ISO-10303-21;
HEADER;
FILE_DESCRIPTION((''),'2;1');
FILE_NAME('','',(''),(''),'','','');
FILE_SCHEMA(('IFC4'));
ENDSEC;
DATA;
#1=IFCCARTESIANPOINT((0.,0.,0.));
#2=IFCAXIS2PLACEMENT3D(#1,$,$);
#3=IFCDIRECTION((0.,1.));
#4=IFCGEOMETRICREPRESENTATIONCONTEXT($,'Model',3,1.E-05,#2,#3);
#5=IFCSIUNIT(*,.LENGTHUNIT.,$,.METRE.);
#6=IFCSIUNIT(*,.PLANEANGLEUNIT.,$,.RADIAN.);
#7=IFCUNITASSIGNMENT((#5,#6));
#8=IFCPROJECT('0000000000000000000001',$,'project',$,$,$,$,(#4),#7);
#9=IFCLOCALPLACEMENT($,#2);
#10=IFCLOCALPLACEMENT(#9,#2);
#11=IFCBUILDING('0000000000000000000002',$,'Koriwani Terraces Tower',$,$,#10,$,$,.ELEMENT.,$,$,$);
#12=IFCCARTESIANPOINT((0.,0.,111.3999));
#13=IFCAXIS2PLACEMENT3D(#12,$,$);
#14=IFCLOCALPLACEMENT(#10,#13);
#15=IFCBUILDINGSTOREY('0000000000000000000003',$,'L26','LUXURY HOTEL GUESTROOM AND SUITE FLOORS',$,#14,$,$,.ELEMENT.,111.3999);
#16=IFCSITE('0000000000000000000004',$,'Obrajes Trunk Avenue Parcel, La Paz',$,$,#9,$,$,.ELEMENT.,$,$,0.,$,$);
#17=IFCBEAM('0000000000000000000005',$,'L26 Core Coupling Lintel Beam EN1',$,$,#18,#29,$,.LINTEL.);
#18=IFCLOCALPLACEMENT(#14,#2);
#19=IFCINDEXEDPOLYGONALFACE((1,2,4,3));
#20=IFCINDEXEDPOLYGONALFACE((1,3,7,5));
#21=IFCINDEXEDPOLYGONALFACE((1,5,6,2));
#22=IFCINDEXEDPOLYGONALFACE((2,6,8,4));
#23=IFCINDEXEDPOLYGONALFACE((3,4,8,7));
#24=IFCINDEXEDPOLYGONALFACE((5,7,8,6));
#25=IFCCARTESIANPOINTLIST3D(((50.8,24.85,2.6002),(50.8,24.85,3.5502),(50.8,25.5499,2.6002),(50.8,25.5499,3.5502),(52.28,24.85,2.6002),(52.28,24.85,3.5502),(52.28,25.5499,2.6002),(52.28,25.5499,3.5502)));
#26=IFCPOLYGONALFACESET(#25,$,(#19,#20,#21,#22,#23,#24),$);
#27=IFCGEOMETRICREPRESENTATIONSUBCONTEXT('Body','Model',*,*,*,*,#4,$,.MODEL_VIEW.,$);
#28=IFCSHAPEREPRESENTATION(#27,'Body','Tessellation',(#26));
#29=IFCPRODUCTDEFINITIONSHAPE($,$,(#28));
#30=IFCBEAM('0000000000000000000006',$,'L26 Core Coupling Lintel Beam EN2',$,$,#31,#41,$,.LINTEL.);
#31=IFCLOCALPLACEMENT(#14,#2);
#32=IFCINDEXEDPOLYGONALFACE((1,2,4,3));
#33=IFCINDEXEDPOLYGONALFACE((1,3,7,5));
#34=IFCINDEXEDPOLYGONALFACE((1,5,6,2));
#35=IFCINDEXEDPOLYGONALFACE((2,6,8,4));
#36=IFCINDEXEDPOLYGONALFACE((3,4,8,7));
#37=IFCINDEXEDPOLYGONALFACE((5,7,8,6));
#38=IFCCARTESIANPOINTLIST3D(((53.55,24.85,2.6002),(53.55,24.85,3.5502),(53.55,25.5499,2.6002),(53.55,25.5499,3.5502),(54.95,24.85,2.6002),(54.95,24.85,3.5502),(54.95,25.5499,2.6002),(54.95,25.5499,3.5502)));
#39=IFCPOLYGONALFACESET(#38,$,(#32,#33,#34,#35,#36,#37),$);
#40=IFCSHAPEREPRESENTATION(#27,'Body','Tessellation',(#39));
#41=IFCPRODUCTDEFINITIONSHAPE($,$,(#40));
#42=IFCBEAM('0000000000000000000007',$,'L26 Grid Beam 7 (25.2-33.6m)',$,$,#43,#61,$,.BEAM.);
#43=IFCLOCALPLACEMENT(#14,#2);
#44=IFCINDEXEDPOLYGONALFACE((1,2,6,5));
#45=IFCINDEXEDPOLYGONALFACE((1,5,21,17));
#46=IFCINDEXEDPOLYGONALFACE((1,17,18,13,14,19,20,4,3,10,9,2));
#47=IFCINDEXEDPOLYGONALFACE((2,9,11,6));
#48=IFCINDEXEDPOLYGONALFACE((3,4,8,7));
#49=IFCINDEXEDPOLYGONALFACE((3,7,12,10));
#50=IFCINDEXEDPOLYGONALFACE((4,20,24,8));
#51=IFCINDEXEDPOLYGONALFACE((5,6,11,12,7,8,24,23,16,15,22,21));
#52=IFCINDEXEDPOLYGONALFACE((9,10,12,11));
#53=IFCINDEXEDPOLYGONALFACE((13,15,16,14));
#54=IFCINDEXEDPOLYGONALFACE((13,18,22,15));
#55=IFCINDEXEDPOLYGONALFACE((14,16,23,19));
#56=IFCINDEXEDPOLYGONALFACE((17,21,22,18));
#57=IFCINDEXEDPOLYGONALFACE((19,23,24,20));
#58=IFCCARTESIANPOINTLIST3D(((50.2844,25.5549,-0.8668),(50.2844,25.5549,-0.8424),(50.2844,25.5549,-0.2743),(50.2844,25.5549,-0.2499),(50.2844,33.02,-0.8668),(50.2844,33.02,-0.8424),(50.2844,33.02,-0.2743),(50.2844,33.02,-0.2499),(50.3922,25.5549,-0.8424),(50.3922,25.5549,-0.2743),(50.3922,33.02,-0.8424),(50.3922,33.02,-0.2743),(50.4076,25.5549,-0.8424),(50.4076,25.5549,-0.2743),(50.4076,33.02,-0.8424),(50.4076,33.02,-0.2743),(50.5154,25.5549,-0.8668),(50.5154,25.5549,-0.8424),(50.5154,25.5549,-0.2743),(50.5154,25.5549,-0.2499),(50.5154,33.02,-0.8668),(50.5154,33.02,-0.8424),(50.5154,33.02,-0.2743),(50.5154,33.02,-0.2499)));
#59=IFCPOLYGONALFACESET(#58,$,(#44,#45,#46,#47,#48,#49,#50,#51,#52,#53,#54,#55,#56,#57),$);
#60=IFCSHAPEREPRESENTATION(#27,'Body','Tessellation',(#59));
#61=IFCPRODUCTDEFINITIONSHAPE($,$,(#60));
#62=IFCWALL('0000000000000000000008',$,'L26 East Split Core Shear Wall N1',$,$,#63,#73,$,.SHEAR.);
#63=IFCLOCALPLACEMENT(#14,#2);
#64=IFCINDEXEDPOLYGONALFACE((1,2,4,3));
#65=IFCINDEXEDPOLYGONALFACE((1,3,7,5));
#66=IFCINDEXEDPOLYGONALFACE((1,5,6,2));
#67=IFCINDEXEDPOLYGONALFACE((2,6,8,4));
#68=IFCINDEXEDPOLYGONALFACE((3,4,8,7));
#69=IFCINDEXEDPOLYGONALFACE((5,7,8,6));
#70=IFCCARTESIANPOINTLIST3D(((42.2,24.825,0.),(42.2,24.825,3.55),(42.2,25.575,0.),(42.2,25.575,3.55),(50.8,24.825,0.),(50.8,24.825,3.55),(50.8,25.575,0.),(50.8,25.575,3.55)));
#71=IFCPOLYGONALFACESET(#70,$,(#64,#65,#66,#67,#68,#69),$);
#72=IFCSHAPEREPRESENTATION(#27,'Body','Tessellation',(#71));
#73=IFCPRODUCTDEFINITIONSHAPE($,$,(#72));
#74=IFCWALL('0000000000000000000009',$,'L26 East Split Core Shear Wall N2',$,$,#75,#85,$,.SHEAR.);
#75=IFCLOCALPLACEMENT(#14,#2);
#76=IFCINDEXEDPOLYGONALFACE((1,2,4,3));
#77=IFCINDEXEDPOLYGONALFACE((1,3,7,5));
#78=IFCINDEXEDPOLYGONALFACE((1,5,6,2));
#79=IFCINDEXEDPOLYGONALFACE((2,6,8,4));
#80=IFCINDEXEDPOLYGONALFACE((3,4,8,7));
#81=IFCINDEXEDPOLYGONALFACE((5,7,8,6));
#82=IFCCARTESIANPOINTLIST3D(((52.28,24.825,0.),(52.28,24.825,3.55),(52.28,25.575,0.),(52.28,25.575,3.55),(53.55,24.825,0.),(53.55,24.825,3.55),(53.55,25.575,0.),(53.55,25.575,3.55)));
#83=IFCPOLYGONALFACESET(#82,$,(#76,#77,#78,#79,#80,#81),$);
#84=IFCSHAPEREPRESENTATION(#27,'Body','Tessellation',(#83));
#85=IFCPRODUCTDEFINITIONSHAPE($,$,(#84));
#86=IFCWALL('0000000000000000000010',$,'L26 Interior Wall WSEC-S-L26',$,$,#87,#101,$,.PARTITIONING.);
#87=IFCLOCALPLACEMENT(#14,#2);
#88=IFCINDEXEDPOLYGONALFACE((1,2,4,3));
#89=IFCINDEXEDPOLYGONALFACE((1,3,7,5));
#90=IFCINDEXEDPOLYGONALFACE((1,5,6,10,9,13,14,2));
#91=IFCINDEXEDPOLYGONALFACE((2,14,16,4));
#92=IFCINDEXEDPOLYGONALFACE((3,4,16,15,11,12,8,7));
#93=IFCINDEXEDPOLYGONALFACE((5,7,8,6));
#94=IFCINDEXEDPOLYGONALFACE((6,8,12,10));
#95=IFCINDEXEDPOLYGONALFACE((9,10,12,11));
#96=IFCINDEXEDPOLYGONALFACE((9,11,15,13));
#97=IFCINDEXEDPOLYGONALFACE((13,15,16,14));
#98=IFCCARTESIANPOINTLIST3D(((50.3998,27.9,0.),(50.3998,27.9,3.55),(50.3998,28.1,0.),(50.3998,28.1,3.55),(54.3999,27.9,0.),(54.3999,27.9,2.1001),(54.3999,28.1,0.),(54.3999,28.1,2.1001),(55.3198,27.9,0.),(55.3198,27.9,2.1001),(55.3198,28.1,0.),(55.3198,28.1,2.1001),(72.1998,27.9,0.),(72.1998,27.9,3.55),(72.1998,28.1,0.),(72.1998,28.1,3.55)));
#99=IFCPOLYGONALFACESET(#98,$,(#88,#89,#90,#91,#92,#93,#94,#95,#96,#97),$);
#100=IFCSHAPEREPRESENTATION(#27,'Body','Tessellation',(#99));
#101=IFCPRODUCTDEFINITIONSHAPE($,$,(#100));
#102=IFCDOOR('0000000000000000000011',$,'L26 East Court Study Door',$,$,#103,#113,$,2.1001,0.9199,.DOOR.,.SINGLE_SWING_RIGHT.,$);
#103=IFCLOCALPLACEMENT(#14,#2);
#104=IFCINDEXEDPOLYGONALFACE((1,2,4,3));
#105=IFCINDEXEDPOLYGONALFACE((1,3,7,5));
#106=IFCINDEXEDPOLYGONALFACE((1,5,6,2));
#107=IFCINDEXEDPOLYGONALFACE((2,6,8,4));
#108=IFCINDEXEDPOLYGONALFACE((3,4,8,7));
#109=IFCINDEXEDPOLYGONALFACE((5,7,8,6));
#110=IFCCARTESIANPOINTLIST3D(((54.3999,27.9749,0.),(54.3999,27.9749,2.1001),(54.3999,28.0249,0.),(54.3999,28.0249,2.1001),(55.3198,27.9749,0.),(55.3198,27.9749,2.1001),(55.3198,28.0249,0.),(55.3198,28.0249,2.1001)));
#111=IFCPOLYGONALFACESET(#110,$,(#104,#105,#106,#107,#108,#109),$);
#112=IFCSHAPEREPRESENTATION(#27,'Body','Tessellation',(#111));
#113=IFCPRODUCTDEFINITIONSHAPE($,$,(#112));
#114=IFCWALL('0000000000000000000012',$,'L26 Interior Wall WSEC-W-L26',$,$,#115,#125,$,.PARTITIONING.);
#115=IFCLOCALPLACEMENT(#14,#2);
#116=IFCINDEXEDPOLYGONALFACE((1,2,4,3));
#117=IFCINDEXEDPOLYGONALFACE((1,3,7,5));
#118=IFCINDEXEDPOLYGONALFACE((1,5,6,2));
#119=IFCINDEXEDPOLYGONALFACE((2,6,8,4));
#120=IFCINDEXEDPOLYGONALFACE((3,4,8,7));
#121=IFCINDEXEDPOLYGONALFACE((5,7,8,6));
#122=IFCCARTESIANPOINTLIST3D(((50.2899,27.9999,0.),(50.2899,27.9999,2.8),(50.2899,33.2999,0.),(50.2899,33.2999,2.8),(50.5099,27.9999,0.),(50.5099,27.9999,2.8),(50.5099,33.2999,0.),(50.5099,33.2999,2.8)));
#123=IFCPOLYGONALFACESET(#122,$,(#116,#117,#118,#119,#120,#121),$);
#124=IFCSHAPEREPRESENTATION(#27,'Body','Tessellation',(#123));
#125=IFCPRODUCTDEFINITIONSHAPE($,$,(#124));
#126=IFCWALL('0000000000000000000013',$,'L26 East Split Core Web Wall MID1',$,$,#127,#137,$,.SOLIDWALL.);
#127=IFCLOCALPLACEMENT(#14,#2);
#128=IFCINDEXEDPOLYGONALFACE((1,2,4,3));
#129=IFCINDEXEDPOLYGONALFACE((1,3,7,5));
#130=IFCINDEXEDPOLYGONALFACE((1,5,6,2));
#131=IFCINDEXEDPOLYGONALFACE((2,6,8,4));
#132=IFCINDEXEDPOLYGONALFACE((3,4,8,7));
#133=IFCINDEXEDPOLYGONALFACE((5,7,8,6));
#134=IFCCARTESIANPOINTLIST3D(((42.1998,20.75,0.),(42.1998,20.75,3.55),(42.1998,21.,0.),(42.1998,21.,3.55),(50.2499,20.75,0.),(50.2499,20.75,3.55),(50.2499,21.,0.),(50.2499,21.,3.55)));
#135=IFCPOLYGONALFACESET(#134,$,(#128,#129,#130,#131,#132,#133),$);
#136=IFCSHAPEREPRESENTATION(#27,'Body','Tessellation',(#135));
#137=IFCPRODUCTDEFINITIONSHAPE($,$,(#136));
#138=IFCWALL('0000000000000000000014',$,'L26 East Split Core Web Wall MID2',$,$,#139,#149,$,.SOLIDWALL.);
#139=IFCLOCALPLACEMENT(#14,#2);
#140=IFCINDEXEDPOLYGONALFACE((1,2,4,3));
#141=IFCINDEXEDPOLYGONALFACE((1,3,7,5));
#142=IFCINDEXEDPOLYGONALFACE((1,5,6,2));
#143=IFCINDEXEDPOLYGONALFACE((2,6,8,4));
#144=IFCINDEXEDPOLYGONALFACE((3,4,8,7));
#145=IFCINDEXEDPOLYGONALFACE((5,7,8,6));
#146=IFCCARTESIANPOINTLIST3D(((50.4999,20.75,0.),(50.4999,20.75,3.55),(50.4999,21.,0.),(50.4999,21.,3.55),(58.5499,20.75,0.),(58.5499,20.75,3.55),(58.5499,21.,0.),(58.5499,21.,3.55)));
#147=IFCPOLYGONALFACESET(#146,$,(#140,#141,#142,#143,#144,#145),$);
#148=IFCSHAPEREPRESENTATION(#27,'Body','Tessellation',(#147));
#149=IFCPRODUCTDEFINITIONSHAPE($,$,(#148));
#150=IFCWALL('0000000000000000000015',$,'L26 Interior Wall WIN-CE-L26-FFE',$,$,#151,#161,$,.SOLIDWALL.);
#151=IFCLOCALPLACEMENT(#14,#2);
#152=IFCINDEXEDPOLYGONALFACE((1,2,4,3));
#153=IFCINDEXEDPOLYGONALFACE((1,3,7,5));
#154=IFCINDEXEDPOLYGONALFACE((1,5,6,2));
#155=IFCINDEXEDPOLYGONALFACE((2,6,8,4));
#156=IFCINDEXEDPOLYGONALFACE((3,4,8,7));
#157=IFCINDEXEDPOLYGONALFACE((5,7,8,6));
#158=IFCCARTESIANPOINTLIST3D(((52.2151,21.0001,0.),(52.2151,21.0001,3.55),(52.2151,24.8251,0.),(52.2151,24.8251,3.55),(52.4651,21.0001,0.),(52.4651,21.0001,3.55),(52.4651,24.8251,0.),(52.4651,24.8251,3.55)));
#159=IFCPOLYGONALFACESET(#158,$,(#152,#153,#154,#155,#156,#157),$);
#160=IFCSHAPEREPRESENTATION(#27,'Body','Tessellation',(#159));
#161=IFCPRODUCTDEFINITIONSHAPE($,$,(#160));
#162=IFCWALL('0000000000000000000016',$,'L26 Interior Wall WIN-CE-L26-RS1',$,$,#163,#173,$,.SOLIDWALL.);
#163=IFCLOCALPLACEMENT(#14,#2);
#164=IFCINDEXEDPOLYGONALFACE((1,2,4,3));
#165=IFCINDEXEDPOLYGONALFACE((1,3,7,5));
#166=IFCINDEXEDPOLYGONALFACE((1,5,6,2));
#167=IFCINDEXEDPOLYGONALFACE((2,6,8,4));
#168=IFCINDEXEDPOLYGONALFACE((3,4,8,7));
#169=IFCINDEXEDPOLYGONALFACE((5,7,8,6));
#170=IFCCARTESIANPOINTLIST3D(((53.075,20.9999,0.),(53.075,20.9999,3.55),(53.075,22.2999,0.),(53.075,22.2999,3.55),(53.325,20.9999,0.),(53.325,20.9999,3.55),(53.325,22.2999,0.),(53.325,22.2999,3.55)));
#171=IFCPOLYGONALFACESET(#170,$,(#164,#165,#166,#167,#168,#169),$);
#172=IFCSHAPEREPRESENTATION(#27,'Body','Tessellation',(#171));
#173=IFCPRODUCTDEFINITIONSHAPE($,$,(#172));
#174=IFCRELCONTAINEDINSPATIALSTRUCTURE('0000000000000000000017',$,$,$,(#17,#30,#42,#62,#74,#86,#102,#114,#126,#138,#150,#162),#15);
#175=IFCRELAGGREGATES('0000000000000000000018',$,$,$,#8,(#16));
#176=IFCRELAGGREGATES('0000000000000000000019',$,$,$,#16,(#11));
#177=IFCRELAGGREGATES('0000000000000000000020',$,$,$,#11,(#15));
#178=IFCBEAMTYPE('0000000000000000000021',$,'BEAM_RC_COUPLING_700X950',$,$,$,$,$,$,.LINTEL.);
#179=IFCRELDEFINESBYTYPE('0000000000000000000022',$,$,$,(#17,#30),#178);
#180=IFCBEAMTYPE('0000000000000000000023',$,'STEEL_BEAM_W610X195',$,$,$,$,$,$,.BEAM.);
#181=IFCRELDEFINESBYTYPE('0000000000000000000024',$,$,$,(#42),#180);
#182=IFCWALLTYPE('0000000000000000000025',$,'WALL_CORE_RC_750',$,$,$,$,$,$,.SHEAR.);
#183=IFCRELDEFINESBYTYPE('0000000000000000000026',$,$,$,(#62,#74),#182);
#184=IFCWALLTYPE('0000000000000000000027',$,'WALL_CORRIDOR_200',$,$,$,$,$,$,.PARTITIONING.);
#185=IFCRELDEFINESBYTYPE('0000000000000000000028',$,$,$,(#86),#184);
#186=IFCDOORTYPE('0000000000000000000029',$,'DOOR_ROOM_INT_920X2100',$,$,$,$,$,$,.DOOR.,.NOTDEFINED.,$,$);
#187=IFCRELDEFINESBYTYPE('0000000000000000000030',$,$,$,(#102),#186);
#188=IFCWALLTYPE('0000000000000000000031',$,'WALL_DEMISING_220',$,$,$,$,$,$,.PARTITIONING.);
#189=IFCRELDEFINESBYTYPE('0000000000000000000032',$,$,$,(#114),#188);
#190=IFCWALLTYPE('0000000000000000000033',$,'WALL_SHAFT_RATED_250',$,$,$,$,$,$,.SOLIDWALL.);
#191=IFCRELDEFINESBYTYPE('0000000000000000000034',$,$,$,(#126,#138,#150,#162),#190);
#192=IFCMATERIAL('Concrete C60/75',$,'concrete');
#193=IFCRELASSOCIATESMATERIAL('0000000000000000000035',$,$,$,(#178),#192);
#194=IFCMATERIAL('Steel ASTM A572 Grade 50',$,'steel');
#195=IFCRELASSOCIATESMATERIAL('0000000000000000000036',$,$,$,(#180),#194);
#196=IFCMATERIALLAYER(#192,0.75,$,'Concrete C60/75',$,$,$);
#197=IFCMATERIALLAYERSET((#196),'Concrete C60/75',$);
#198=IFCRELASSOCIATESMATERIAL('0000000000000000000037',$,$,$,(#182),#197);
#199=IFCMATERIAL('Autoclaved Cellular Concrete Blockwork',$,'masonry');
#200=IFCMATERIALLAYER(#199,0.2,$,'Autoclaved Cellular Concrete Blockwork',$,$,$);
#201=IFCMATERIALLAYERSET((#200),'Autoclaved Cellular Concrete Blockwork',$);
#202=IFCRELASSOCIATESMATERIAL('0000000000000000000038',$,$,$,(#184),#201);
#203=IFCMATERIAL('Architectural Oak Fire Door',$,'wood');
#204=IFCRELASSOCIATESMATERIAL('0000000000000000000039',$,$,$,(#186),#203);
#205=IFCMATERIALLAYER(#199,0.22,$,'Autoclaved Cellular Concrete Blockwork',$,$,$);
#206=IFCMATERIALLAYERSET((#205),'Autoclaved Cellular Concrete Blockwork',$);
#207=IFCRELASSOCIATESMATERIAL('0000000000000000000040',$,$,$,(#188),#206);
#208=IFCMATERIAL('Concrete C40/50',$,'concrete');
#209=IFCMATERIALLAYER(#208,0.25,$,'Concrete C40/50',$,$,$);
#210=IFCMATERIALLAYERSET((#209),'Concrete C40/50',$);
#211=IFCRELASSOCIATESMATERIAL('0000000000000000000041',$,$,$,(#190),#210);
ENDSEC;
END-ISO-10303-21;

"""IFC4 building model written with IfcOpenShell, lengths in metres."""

from ifc_helpers import new_model, si_unit, direction, frame, frame_2d, origin, origin_2d, place, context, subcontext, project, spatial, rectangle, i_section, extrude, material, layer, layer_set, material_profile, profile_set, type_object, element, fill, save


model = new_model("IFC4")

# Units and contexts
model_context = context("Model", 3, precision=1e-05, world=origin(), true_north=direction((0.0, 1.0)))
body_context = subcontext(model_context, "Body", "Model", "MODEL_VIEW")
ifc_project = project(units=[si_unit("LENGTHUNIT", "METRE"), si_unit("PLANEANGLEUNIT", "RADIAN")], contexts=[model_context])

# Site, building, storey
site_placement = place(None, origin())
site = spatial("IfcSite", under=ifc_project, at=site_placement, Name="Obrajes Trunk Avenue Parcel, La Paz", CompositionType="ELEMENT", RefElevation=0.0)
building_placement = place(site_placement, origin())
building = spatial("IfcBuilding", under=site, at=building_placement, Name="Koriwani Terraces Tower", CompositionType="ELEMENT")
storey_placement = place(building_placement, frame((0.0, 0.0, 111.3999)))
storey = spatial("IfcBuildingStorey", under=building, at=storey_placement, Name="L26", Description="LUXURY HOTEL GUESTROOM AND SUITE FLOORS", CompositionType="ELEMENT", Elevation=111.3999)

# Beams
ifc_material_1 = material(Name="Concrete C60/75", Category="concrete")
ifc_material_profile_1 = material_profile(ifc_material_1, rectangle(XDim=0.7, YDim=0.95, at=origin_2d()), Name="Concrete C60/75", Category="LoadBearing")
ifc_profile_set_1 = profile_set([ifc_material_profile_1], Name="Concrete C60/75")
beam_type_1 = type_object("IfcBeamType", Name="BEAM_RC_COUPLING_700X950", PredefinedType="LINTEL", material=ifc_profile_set_1)
beam_1_placement = place(storey_placement, frame((50.8, 25.2, 3.0752), z_axis=(1.0, 0.0, 0.0), x_axis=(0.0, 1.0, 0.0)))
element("IfcBeam", 1, at=beam_1_placement, inside=storey, type_object=beam_type_1, Name="L26 Core Coupling Lintel Beam EN1", PredefinedType="LINTEL", context=body_context, shape_type="SweptSolid", body=[
    extrude(rectangle(XDim=0.7, YDim=0.95, at=origin_2d()), origin(), (0.0, 0.0, 1.0), 1.48),
])
beam_2_placement = place(storey_placement, frame((53.55, 25.2, 3.0752), z_axis=(1.0, 0.0, 0.0), x_axis=(0.0, 1.0, 0.0)))
element("IfcBeam", 2, at=beam_2_placement, inside=storey, type_object=beam_type_1, Name="L26 Core Coupling Lintel Beam EN2", PredefinedType="LINTEL", context=body_context, shape_type="SweptSolid", body=[
    extrude(rectangle(XDim=0.7, YDim=0.95, at=origin_2d()), origin(), (0.0, 0.0, 1.0), 1.3999),
])
ifc_material_2 = material(Name="Steel ASTM A572 Grade 50", Category="steel")
ifc_material_profile_2 = material_profile(ifc_material_2, i_section(OverallWidth=0.231, OverallDepth=0.6169, WebThickness=0.0154, FlangeThickness=0.0244, at=origin_2d()), Name="Steel ASTM A572 Grade 50", Category="LoadBearing")
ifc_profile_set_2 = profile_set([ifc_material_profile_2], Name="Steel ASTM A572 Grade 50")
beam_type_2 = type_object("IfcBeamType", Name="STEEL_BEAM_W610X195", PredefinedType="BEAM", material=ifc_profile_set_2)
beam_3_placement = place(storey_placement, frame((50.3999, 25.5549, -0.5583), z_axis=(0.0, 1.0, 0.0), x_axis=(-1.0, 0.0, 0.0)))
element("IfcBeam", 3, at=beam_3_placement, inside=storey, type_object=beam_type_2, Name="L26 Grid Beam 7 (25.2-33.6m)", PredefinedType="BEAM", context=body_context, shape_type="SweptSolid", body=[
    extrude(i_section(OverallWidth=0.231, OverallDepth=0.6169, WebThickness=0.0154, FlangeThickness=0.0244, at=origin_2d()), origin(), (0.0, 0.0, 1.0), 7.4651),
])

# Walls
ifc_layer_1 = layer(ifc_material_1, 0.75, Name="Concrete C60/75")
ifc_layer_set_1 = layer_set([ifc_layer_1], Name="Concrete C60/75")
wall_type_1 = type_object("IfcWallType", Name="WALL_CORE_RC_750", PredefinedType="SHEAR", material=ifc_layer_set_1)
wall_1_placement = place(storey_placement, frame((42.2, 25.2, 0.0), z_axis=(0.0, 0.0, 1.0), x_axis=(1.0, 0.0, 0.0)))
element("IfcWall", 4, at=wall_1_placement, inside=storey, type_object=wall_type_1, Name="L26 East Split Core Shear Wall N1", PredefinedType="SHEAR", context=body_context, shape_type="SweptSolid", body=[
    extrude(rectangle(XDim=8.6001, YDim=0.75, at=frame_2d((4.3, 0.0))), origin(), (0.0, 0.0, 1.0), 3.55),
])
wall_2_placement = place(storey_placement, frame((52.28, 25.2, 0.0), z_axis=(0.0, 0.0, 1.0), x_axis=(1.0, 0.0, 0.0)))
element("IfcWall", 5, at=wall_2_placement, inside=storey, type_object=wall_type_1, Name="L26 East Split Core Shear Wall N2", PredefinedType="SHEAR", context=body_context, shape_type="SweptSolid", body=[
    extrude(rectangle(XDim=1.27, YDim=0.75, at=frame_2d((0.635, 0.0))), origin(), (0.0, 0.0, 1.0), 3.55),
])

# Wall, opening, door
ifc_material_3 = material(Name="Autoclaved Cellular Concrete Blockwork", Category="masonry")
ifc_layer_2 = layer(ifc_material_3, 0.2, Name="Autoclaved Cellular Concrete Blockwork")
ifc_layer_set_2 = layer_set([ifc_layer_2], Name="Autoclaved Cellular Concrete Blockwork")
wall_type_2 = type_object("IfcWallType", Name="WALL_CORRIDOR_200", PredefinedType="PARTITIONING", material=ifc_layer_set_2)
wall_3_placement = place(storey_placement, frame((50.3999, 28.0, 0.0), z_axis=(0.0, 0.0, 1.0), x_axis=(1.0, 0.0, 0.0)))
wall_3 = element("IfcWall", 6, at=wall_3_placement, inside=storey, type_object=wall_type_2, Name="L26 Interior Wall WSEC-S-L26", PredefinedType="PARTITIONING", context=body_context, shape_type="SweptSolid", body=[
    extrude(rectangle(XDim=21.8, YDim=0.2, at=frame_2d((10.8999, 0.0))), origin(), (0.0, 0.0, 1.0), 3.55),
])
opening_1_placement = place(wall_3_placement, frame((4.0, 0.0, 0.0)))
opening_1 = element("IfcOpeningElement", 7, at=opening_1_placement, cuts=wall_3, PredefinedType="OPENING", context=body_context, shape_type="SweptSolid", body=[
    extrude(rectangle(XDim=0.9199, YDim=2.1001, at=frame_2d((0.46, 1.05))), frame((0.0, 0.1099, 0.0), z_axis=(0.0, -1.0, 0.0), x_axis=(1.0, 0.0, 0.0)), (0.0, 0.0, 1.0), 0.22),
])
ifc_material_4 = material(Name="Architectural Oak Fire Door", Category="wood")
door_type_1 = type_object("IfcDoorType", Name="DOOR_ROOM_INT_920X2100", OperationType="NOTDEFINED", PredefinedType="DOOR", material=ifc_material_4)
door_1_placement = place(opening_1_placement, origin())
door_1 = element("IfcDoor", 8, at=door_1_placement, inside=storey, type_object=door_type_1, Name="L26 East Court Study Door", OperationType="SINGLE_SWING_RIGHT", OverallHeight=2.1001, OverallWidth=0.9199, PredefinedType="DOOR", context=body_context, shape_type="SweptSolid", body=[
    extrude(rectangle(XDim=0.9199, YDim=2.1001, at=frame_2d((0.46, 1.05))), frame((0.0, 0.0249, 0.0), z_axis=(0.0, -1.0, 0.0), x_axis=(1.0, 0.0, 0.0)), (0.0, 0.0, 1.0), 0.05),
])
fill(opening_1, door_1)

# Walls
ifc_layer_3 = layer(ifc_material_3, 0.22, Name="Autoclaved Cellular Concrete Blockwork")
ifc_layer_set_3 = layer_set([ifc_layer_3], Name="Autoclaved Cellular Concrete Blockwork")
wall_type_3 = type_object("IfcWallType", Name="WALL_DEMISING_220", PredefinedType="PARTITIONING", material=ifc_layer_set_3)
wall_4_placement = place(storey_placement, frame((50.3999, 28.0, 0.0), z_axis=(0.0, 0.0, 1.0), x_axis=(0.0, 1.0, 0.0)))
element("IfcWall", 9, at=wall_4_placement, inside=storey, type_object=wall_type_3, Name="L26 Interior Wall WSEC-W-L26", PredefinedType="PARTITIONING", context=body_context, shape_type="SweptSolid", body=[
    extrude(rectangle(XDim=5.3, YDim=0.22, at=frame_2d((2.6499, 0.0))), origin(), (0.0, 0.0, 1.0), 2.8),
])
ifc_material_5 = material(Name="Concrete C40/50", Category="concrete")
ifc_layer_4 = layer(ifc_material_5, 0.25, Name="Concrete C40/50")
ifc_layer_set_4 = layer_set([ifc_layer_4], Name="Concrete C40/50")
wall_type_4 = type_object("IfcWallType", Name="WALL_SHAFT_RATED_250", PredefinedType="SOLIDWALL", material=ifc_layer_set_4)
for number, where, z_axis, x_axis, name in (
    (10, (42.2, 20.875, 0.0), (0.0, 0.0, 1.0), (1.0, 0.0, 0.0), "L26 East Split Core Web Wall MID1"),
    (11, (50.5, 20.875, 0.0), (0.0, 0.0, 1.0), (1.0, 0.0, 0.0), "L26 East Split Core Web Wall MID2"),
):
    element("IfcWall", number, at=place(storey_placement, frame(where, z_axis=z_axis, x_axis=x_axis)), inside=storey, type_object=wall_type_4, Name=name, PredefinedType="SOLIDWALL", context=body_context, shape_type="SweptSolid", body=[
        extrude(rectangle(XDim=8.05, YDim=0.25, at=frame_2d((4.0249, 0.0))), origin(), (0.0, 0.0, 1.0), 3.55),
    ])

# Walls
wall_5_placement = place(storey_placement, frame((52.3401, 21.0, 0.0), z_axis=(0.0, 0.0, 1.0), x_axis=(0.0, 1.0, 0.0)))
element("IfcWall", 12, at=wall_5_placement, inside=storey, type_object=wall_type_4, Name="L26 Interior Wall WIN-CE-L26-FFE", PredefinedType="SOLIDWALL", context=body_context, shape_type="SweptSolid", body=[
    extrude(rectangle(XDim=3.825, YDim=0.25, at=frame_2d((1.9126, 0.0))), origin(), (0.0, 0.0, 1.0), 3.55),
])
wall_6_placement = place(storey_placement, frame((53.2, 21.0, 0.0), z_axis=(0.0, 0.0, 1.0), x_axis=(0.0, 1.0, 0.0)))
element("IfcWall", 13, at=wall_6_placement, inside=storey, type_object=wall_type_4, Name="L26 Interior Wall WIN-CE-L26-RS1", PredefinedType="SOLIDWALL", context=body_context, shape_type="SweptSolid", body=[
    extrude(rectangle(XDim=1.3, YDim=0.25, at=frame_2d((0.6499, 0.0))), origin(), (0.0, 0.0, 1.0), 3.55),
])

save(model, "model.ifc")
